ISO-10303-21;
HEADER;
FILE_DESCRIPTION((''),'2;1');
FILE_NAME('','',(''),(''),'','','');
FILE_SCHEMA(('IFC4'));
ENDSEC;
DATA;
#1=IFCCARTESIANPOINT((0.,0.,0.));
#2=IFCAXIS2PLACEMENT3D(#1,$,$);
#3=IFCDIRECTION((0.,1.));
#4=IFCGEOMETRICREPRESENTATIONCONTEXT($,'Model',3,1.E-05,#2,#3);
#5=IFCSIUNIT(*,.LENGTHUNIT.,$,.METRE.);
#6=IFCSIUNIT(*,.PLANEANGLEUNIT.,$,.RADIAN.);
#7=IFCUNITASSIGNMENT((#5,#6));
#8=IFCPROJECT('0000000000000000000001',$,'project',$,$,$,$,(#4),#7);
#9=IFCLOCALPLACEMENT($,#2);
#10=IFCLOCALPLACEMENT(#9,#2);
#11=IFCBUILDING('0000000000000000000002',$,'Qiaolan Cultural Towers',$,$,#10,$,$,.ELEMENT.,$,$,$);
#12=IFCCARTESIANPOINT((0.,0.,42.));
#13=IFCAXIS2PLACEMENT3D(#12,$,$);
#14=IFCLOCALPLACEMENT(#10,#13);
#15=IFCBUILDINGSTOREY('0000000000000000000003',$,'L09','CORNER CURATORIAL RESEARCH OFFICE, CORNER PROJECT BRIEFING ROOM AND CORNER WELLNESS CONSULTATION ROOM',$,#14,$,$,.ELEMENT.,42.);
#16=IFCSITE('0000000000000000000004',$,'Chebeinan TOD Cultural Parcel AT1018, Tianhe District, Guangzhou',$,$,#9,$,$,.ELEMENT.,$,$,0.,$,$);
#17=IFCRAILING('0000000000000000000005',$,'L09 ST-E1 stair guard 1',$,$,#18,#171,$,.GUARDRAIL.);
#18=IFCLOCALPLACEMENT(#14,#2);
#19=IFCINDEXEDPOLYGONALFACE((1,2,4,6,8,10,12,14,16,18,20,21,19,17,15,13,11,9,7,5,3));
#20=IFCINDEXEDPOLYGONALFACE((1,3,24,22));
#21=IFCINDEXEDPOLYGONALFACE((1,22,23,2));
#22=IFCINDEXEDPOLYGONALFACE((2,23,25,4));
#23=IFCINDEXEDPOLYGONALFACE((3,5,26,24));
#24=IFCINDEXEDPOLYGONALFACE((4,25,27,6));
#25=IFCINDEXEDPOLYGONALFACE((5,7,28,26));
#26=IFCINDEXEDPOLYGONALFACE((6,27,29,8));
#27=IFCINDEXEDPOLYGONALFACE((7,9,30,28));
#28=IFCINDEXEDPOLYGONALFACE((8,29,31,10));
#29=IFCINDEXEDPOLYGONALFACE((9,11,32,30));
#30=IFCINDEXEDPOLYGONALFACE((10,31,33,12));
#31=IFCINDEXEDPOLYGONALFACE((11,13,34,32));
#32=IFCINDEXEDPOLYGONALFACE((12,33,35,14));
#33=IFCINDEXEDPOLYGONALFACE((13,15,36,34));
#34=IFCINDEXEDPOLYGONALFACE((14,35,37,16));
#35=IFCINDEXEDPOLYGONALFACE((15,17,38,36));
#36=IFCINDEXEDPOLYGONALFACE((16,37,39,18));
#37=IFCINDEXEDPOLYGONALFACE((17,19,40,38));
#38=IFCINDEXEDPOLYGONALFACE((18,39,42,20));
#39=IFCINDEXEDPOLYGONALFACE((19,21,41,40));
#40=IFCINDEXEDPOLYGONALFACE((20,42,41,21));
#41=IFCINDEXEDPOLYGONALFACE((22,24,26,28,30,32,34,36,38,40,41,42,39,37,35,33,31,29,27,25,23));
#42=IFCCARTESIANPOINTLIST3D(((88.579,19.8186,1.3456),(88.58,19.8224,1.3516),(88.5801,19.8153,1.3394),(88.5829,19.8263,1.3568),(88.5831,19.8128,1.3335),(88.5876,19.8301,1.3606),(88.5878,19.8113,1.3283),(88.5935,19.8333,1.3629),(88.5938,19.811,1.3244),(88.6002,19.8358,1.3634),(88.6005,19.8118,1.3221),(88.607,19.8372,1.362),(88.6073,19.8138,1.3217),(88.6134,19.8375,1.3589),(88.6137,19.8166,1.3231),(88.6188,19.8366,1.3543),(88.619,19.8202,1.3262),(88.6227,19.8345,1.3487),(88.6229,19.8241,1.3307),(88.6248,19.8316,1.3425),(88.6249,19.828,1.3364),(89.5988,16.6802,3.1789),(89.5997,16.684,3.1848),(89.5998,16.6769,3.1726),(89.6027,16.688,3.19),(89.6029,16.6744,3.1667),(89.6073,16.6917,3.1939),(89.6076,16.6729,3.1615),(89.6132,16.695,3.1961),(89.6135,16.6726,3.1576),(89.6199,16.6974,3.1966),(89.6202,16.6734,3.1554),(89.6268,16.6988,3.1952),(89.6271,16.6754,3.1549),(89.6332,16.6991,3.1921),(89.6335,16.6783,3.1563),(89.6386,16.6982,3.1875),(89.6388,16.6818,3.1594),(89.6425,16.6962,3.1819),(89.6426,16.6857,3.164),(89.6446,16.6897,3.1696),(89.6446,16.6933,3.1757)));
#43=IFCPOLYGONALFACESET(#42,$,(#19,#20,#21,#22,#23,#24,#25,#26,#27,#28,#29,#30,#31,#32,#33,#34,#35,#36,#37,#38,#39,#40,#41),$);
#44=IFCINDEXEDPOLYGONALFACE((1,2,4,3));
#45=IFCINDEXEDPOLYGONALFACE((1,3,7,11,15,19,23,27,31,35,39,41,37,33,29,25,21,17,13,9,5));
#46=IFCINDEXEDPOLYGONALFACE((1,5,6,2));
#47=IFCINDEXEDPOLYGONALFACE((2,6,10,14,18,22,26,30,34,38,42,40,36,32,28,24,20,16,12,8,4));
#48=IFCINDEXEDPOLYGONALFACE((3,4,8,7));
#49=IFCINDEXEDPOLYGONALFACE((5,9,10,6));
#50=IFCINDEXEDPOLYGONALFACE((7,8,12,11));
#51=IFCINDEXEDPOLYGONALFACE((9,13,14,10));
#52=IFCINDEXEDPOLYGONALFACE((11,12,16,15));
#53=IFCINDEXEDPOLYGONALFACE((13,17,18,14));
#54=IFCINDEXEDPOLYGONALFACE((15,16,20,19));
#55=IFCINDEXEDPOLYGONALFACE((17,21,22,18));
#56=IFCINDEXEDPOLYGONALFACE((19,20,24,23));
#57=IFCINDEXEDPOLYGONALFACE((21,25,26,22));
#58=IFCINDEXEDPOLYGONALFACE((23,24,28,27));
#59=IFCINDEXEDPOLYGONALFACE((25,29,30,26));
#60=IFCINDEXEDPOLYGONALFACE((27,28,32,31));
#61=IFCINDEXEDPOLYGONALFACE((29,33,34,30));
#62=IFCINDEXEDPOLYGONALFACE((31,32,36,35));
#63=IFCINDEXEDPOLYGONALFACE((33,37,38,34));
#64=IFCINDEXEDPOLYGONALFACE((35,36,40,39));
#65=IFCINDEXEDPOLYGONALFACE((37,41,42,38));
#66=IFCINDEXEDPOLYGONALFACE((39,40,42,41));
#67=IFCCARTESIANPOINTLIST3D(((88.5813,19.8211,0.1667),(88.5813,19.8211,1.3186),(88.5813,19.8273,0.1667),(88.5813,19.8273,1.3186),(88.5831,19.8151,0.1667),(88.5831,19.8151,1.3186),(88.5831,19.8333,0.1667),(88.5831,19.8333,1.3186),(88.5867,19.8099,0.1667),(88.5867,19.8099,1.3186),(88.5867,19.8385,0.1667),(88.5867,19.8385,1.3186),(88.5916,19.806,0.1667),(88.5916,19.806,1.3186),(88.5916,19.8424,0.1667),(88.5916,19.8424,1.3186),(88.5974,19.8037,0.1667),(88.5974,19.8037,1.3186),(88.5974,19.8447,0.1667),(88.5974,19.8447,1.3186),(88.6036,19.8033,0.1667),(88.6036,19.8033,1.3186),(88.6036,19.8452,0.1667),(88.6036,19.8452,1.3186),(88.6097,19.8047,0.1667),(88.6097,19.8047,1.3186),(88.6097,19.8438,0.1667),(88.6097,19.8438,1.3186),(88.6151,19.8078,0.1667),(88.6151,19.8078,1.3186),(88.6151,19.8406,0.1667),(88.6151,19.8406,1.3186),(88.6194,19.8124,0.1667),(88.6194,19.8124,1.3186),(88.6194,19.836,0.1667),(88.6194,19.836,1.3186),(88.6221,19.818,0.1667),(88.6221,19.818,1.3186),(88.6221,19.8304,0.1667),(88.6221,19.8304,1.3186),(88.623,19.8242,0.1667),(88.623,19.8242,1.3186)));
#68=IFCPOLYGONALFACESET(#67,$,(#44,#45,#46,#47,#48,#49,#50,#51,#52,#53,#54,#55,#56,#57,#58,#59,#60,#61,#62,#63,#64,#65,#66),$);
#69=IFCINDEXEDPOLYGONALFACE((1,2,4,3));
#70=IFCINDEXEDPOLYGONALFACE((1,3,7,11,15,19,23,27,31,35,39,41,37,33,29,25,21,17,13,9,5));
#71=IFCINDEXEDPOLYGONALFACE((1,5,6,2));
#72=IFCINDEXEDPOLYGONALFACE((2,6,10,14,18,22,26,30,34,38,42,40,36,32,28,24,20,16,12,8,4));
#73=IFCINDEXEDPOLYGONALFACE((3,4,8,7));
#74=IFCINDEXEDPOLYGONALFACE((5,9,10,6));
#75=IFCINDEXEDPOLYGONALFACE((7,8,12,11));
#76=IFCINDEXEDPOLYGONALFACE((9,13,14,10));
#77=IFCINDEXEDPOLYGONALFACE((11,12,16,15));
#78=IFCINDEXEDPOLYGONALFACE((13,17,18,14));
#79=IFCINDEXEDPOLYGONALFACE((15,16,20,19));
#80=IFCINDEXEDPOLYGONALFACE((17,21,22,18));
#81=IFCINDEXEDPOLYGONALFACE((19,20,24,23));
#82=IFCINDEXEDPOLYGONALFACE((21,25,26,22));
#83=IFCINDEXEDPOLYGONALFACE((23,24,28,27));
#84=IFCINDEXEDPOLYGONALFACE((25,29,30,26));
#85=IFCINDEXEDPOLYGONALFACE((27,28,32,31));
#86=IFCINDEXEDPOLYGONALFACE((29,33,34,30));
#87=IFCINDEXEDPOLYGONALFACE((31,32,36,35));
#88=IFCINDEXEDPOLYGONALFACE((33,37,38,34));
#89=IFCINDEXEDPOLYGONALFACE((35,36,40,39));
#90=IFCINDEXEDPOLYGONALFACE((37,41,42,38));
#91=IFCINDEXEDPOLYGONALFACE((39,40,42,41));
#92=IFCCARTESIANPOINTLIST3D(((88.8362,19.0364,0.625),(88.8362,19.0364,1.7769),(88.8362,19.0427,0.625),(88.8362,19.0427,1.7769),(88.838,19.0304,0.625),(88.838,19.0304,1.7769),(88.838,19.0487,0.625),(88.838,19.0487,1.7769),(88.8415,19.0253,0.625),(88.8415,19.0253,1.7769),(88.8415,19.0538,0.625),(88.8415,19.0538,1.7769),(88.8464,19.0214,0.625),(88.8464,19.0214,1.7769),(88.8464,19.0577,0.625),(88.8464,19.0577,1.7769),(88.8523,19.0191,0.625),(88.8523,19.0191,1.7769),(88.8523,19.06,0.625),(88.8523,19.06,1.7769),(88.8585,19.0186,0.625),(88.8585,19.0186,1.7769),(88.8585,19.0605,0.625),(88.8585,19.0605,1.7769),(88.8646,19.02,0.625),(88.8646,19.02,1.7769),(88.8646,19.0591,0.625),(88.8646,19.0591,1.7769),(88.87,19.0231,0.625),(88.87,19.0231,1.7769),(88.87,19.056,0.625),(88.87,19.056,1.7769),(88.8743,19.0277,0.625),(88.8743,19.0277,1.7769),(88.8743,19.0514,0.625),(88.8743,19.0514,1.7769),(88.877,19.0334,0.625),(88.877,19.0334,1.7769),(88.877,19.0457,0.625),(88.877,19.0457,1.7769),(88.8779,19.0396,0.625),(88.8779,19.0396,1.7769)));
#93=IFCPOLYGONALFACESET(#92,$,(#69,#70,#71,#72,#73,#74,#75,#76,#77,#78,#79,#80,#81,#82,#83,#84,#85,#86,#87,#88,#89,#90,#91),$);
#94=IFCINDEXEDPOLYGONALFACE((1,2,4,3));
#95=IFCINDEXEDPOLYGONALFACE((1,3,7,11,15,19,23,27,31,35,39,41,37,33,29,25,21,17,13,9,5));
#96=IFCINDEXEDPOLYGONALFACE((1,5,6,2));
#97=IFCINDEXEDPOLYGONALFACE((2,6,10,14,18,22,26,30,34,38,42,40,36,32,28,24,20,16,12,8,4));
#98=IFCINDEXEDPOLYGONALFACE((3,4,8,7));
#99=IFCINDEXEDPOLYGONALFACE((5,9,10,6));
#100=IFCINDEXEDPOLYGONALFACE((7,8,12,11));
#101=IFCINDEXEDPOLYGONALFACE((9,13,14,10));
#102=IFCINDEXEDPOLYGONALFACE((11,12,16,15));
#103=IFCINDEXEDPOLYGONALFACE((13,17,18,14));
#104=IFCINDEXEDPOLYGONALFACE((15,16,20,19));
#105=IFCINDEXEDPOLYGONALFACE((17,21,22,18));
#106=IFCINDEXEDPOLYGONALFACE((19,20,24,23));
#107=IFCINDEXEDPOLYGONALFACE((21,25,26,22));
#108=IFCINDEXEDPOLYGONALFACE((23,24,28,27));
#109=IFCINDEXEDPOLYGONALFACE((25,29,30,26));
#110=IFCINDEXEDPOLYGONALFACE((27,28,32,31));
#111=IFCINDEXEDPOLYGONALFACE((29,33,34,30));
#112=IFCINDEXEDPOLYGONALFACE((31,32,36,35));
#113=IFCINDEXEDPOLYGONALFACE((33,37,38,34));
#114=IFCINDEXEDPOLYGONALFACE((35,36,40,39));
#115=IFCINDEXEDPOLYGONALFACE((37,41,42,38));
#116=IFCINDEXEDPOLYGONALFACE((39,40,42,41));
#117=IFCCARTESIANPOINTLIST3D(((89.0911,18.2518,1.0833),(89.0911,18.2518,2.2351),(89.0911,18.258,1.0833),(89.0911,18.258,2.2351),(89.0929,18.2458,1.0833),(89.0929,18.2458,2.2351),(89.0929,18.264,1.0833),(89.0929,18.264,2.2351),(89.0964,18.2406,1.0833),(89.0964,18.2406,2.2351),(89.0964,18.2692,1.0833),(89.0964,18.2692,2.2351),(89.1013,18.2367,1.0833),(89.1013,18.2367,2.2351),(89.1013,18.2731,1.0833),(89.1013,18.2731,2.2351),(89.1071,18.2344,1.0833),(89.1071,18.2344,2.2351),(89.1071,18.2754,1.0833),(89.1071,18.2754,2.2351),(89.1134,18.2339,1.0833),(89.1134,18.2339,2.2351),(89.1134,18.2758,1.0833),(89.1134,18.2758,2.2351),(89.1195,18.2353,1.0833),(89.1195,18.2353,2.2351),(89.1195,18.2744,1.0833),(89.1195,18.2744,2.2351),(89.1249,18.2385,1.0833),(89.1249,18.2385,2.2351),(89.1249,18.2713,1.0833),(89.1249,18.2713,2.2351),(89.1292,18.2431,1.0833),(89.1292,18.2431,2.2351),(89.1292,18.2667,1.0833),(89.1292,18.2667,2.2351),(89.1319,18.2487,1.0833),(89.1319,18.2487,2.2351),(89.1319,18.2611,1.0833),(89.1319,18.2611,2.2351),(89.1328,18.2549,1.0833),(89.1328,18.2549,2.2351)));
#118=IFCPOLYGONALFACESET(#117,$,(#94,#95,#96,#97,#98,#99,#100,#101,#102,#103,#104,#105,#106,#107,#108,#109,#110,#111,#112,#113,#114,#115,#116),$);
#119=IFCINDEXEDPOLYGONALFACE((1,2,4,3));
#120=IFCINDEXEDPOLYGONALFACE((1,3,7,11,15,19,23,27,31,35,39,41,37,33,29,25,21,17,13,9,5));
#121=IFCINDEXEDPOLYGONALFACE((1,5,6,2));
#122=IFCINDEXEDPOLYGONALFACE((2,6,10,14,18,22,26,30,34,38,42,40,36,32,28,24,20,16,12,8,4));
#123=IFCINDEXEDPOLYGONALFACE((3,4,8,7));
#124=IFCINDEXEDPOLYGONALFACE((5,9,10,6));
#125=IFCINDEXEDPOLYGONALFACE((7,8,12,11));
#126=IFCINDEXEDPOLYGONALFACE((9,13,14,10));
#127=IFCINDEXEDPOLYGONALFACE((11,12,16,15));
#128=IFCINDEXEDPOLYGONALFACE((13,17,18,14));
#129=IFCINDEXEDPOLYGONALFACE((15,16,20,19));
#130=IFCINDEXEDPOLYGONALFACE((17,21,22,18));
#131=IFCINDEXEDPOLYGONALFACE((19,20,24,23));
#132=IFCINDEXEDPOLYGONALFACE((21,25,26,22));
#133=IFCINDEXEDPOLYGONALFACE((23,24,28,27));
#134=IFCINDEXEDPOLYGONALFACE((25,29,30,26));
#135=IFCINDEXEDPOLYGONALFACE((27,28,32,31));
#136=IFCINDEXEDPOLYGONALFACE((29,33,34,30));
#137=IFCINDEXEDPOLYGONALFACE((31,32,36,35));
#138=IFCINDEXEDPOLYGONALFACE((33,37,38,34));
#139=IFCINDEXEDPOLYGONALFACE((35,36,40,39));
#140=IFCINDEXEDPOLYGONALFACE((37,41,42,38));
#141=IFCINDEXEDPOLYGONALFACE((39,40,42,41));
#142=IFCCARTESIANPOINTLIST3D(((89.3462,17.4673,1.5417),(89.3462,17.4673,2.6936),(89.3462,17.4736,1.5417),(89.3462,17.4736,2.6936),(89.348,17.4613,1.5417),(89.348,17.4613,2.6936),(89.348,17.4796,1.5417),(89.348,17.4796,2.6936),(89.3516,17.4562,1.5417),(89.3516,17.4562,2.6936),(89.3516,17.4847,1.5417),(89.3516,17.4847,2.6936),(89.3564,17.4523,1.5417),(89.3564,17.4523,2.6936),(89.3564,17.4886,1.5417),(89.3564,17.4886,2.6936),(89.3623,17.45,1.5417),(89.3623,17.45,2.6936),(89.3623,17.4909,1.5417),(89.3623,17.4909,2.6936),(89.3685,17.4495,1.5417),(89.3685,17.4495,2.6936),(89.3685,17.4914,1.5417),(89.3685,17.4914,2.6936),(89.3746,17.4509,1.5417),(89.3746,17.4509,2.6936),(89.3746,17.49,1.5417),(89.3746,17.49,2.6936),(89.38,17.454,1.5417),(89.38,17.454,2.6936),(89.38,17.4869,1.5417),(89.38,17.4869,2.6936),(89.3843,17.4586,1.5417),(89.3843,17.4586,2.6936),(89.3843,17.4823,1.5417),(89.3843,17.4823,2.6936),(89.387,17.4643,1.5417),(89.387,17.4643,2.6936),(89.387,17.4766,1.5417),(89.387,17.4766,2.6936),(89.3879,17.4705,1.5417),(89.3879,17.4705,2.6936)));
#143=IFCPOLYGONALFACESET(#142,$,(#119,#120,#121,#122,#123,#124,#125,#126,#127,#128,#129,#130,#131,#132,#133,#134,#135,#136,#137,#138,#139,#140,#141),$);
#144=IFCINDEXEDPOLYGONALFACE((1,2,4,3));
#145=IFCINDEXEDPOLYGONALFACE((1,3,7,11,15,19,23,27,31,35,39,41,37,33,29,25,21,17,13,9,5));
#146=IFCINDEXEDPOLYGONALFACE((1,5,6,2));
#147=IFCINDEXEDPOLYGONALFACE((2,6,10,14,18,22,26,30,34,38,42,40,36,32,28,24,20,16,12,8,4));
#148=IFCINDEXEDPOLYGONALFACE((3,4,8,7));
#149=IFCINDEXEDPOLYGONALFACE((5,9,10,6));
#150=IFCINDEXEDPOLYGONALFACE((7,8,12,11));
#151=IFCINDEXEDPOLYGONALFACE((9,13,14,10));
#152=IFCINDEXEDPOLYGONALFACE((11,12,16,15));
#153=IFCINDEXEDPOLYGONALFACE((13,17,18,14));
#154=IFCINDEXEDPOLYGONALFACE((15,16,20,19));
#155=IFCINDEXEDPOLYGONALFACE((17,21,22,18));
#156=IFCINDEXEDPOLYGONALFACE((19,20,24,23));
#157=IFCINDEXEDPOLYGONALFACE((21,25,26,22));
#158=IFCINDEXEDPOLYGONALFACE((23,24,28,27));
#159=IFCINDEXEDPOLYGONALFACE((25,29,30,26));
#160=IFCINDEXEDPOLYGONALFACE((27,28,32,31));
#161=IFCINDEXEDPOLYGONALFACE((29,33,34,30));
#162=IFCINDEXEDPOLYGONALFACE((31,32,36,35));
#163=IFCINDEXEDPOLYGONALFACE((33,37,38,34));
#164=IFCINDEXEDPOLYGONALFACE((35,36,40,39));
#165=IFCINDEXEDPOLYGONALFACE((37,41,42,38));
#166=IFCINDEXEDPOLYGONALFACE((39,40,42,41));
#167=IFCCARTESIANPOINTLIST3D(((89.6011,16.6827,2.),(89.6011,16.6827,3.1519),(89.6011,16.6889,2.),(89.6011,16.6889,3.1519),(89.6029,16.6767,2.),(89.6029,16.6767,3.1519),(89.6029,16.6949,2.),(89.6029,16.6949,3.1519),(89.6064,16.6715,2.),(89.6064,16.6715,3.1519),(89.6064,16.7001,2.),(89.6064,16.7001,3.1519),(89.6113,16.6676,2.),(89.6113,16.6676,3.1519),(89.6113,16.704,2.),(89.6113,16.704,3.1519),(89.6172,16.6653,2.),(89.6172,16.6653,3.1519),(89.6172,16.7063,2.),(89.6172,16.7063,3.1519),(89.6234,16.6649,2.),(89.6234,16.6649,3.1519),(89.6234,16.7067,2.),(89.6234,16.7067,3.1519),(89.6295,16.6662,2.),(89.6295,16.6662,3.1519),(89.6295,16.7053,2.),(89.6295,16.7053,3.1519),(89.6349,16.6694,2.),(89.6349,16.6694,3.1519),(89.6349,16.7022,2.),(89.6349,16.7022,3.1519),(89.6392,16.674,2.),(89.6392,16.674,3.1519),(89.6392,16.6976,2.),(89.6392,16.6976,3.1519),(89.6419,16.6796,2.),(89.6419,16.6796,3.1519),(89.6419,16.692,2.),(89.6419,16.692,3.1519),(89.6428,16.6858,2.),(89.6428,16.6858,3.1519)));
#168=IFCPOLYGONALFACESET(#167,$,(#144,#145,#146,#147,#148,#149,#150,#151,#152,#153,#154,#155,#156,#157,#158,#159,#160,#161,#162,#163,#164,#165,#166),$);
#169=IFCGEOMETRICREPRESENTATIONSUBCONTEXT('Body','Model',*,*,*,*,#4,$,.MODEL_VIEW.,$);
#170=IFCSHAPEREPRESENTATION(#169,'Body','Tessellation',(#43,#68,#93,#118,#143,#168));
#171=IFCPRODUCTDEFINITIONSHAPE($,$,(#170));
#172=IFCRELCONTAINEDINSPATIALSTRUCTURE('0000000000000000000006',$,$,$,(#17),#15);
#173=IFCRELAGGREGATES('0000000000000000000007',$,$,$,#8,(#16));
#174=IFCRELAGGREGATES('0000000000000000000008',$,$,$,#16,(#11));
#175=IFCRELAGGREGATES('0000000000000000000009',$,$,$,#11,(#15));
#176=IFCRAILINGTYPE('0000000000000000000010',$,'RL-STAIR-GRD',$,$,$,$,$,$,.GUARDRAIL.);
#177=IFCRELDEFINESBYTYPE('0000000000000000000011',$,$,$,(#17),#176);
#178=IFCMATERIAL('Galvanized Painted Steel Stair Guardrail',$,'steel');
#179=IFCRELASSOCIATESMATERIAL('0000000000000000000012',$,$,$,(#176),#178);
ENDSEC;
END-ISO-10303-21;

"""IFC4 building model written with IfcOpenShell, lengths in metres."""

from ifc_helpers import new_model, si_unit, direction, frame, origin, origin_2d, place, context, subcontext, project, spatial, circle, extrude, material, type_object, element, save


model = new_model("IFC4")

# Units and contexts
model_context = context("Model", 3, precision=1e-05, world=origin(), true_north=direction((0.0, 1.0)))
body_context = subcontext(model_context, "Body", "Model", "MODEL_VIEW")
ifc_project = project(units=[si_unit("LENGTHUNIT", "METRE"), si_unit("PLANEANGLEUNIT", "RADIAN")], contexts=[model_context])

# Site, building, storey
site_placement = place(None, origin())
site = spatial("IfcSite", under=ifc_project, at=site_placement, Name="Chebeinan TOD Cultural Parcel AT1018, Tianhe District, Guangzhou", CompositionType="ELEMENT", RefElevation=0.0)
building_placement = place(site_placement, origin())
building = spatial("IfcBuilding", under=site, at=building_placement, Name="Qiaolan Cultural Towers", CompositionType="ELEMENT")
storey_placement = place(building_placement, frame((0.0, 0.0, 42.0)))
storey = spatial("IfcBuildingStorey", under=building, at=storey_placement, Name="L09", Description="CORNER CURATORIAL RESEARCH OFFICE, CORNER PROJECT BRIEFING ROOM AND CORNER WELLNESS CONSULTATION ROOM", CompositionType="ELEMENT", Elevation=42.0)

# Railing
ifc_material_1 = material(Name="Galvanized Painted Steel Stair Guardrail", Category="steel")
railing_type_1 = type_object("IfcRailingType", Name="RL-STAIR-GRD", PredefinedType="GUARDRAIL", material=ifc_material_1)
railing_1_placement = place(storey_placement, frame((88.6021, 19.8242, 0.1667)))
element("IfcRailing", 1, at=railing_1_placement, inside=storey, type_object=railing_type_1, Name="L09 ST-E1 stair guard 1", PredefinedType="GUARDRAIL", context=body_context, shape_type="SweptSolid", body=[
    extrude(circle(Radius=0.0239, at=origin_2d()), frame((0.0, 0.0, 1.1758), z_axis=(0.270141, -0.831376, 0.485632), x_axis=(0.951053, 0.309028, 0.0)), (0.0, 0.0, 1.0), 3.7749),
    extrude(circle(Radius=0.021, at=origin_2d()), origin(), (0.0, 0.0, 1.0), 1.1519),
    extrude(circle(Radius=0.021, at=origin_2d()), frame((0.2549, -0.7847, 0.4583)), (0.0, 0.0, 1.0), 1.1519),
    extrude(circle(Radius=0.021, at=origin_2d()), frame((0.5098, -1.5693, 0.9165)), (0.0, 0.0, 1.0), 1.1519),
    extrude(circle(Radius=0.021, at=origin_2d()), frame((0.7649, -2.3538, 1.375)), (0.0, 0.0, 1.0), 1.1519),
    extrude(circle(Radius=0.021, at=origin_2d()), frame((1.0198, -3.1384, 1.8333)), (0.0, 0.0, 1.0), 1.1519),
])

save(model, "model.ifc")
